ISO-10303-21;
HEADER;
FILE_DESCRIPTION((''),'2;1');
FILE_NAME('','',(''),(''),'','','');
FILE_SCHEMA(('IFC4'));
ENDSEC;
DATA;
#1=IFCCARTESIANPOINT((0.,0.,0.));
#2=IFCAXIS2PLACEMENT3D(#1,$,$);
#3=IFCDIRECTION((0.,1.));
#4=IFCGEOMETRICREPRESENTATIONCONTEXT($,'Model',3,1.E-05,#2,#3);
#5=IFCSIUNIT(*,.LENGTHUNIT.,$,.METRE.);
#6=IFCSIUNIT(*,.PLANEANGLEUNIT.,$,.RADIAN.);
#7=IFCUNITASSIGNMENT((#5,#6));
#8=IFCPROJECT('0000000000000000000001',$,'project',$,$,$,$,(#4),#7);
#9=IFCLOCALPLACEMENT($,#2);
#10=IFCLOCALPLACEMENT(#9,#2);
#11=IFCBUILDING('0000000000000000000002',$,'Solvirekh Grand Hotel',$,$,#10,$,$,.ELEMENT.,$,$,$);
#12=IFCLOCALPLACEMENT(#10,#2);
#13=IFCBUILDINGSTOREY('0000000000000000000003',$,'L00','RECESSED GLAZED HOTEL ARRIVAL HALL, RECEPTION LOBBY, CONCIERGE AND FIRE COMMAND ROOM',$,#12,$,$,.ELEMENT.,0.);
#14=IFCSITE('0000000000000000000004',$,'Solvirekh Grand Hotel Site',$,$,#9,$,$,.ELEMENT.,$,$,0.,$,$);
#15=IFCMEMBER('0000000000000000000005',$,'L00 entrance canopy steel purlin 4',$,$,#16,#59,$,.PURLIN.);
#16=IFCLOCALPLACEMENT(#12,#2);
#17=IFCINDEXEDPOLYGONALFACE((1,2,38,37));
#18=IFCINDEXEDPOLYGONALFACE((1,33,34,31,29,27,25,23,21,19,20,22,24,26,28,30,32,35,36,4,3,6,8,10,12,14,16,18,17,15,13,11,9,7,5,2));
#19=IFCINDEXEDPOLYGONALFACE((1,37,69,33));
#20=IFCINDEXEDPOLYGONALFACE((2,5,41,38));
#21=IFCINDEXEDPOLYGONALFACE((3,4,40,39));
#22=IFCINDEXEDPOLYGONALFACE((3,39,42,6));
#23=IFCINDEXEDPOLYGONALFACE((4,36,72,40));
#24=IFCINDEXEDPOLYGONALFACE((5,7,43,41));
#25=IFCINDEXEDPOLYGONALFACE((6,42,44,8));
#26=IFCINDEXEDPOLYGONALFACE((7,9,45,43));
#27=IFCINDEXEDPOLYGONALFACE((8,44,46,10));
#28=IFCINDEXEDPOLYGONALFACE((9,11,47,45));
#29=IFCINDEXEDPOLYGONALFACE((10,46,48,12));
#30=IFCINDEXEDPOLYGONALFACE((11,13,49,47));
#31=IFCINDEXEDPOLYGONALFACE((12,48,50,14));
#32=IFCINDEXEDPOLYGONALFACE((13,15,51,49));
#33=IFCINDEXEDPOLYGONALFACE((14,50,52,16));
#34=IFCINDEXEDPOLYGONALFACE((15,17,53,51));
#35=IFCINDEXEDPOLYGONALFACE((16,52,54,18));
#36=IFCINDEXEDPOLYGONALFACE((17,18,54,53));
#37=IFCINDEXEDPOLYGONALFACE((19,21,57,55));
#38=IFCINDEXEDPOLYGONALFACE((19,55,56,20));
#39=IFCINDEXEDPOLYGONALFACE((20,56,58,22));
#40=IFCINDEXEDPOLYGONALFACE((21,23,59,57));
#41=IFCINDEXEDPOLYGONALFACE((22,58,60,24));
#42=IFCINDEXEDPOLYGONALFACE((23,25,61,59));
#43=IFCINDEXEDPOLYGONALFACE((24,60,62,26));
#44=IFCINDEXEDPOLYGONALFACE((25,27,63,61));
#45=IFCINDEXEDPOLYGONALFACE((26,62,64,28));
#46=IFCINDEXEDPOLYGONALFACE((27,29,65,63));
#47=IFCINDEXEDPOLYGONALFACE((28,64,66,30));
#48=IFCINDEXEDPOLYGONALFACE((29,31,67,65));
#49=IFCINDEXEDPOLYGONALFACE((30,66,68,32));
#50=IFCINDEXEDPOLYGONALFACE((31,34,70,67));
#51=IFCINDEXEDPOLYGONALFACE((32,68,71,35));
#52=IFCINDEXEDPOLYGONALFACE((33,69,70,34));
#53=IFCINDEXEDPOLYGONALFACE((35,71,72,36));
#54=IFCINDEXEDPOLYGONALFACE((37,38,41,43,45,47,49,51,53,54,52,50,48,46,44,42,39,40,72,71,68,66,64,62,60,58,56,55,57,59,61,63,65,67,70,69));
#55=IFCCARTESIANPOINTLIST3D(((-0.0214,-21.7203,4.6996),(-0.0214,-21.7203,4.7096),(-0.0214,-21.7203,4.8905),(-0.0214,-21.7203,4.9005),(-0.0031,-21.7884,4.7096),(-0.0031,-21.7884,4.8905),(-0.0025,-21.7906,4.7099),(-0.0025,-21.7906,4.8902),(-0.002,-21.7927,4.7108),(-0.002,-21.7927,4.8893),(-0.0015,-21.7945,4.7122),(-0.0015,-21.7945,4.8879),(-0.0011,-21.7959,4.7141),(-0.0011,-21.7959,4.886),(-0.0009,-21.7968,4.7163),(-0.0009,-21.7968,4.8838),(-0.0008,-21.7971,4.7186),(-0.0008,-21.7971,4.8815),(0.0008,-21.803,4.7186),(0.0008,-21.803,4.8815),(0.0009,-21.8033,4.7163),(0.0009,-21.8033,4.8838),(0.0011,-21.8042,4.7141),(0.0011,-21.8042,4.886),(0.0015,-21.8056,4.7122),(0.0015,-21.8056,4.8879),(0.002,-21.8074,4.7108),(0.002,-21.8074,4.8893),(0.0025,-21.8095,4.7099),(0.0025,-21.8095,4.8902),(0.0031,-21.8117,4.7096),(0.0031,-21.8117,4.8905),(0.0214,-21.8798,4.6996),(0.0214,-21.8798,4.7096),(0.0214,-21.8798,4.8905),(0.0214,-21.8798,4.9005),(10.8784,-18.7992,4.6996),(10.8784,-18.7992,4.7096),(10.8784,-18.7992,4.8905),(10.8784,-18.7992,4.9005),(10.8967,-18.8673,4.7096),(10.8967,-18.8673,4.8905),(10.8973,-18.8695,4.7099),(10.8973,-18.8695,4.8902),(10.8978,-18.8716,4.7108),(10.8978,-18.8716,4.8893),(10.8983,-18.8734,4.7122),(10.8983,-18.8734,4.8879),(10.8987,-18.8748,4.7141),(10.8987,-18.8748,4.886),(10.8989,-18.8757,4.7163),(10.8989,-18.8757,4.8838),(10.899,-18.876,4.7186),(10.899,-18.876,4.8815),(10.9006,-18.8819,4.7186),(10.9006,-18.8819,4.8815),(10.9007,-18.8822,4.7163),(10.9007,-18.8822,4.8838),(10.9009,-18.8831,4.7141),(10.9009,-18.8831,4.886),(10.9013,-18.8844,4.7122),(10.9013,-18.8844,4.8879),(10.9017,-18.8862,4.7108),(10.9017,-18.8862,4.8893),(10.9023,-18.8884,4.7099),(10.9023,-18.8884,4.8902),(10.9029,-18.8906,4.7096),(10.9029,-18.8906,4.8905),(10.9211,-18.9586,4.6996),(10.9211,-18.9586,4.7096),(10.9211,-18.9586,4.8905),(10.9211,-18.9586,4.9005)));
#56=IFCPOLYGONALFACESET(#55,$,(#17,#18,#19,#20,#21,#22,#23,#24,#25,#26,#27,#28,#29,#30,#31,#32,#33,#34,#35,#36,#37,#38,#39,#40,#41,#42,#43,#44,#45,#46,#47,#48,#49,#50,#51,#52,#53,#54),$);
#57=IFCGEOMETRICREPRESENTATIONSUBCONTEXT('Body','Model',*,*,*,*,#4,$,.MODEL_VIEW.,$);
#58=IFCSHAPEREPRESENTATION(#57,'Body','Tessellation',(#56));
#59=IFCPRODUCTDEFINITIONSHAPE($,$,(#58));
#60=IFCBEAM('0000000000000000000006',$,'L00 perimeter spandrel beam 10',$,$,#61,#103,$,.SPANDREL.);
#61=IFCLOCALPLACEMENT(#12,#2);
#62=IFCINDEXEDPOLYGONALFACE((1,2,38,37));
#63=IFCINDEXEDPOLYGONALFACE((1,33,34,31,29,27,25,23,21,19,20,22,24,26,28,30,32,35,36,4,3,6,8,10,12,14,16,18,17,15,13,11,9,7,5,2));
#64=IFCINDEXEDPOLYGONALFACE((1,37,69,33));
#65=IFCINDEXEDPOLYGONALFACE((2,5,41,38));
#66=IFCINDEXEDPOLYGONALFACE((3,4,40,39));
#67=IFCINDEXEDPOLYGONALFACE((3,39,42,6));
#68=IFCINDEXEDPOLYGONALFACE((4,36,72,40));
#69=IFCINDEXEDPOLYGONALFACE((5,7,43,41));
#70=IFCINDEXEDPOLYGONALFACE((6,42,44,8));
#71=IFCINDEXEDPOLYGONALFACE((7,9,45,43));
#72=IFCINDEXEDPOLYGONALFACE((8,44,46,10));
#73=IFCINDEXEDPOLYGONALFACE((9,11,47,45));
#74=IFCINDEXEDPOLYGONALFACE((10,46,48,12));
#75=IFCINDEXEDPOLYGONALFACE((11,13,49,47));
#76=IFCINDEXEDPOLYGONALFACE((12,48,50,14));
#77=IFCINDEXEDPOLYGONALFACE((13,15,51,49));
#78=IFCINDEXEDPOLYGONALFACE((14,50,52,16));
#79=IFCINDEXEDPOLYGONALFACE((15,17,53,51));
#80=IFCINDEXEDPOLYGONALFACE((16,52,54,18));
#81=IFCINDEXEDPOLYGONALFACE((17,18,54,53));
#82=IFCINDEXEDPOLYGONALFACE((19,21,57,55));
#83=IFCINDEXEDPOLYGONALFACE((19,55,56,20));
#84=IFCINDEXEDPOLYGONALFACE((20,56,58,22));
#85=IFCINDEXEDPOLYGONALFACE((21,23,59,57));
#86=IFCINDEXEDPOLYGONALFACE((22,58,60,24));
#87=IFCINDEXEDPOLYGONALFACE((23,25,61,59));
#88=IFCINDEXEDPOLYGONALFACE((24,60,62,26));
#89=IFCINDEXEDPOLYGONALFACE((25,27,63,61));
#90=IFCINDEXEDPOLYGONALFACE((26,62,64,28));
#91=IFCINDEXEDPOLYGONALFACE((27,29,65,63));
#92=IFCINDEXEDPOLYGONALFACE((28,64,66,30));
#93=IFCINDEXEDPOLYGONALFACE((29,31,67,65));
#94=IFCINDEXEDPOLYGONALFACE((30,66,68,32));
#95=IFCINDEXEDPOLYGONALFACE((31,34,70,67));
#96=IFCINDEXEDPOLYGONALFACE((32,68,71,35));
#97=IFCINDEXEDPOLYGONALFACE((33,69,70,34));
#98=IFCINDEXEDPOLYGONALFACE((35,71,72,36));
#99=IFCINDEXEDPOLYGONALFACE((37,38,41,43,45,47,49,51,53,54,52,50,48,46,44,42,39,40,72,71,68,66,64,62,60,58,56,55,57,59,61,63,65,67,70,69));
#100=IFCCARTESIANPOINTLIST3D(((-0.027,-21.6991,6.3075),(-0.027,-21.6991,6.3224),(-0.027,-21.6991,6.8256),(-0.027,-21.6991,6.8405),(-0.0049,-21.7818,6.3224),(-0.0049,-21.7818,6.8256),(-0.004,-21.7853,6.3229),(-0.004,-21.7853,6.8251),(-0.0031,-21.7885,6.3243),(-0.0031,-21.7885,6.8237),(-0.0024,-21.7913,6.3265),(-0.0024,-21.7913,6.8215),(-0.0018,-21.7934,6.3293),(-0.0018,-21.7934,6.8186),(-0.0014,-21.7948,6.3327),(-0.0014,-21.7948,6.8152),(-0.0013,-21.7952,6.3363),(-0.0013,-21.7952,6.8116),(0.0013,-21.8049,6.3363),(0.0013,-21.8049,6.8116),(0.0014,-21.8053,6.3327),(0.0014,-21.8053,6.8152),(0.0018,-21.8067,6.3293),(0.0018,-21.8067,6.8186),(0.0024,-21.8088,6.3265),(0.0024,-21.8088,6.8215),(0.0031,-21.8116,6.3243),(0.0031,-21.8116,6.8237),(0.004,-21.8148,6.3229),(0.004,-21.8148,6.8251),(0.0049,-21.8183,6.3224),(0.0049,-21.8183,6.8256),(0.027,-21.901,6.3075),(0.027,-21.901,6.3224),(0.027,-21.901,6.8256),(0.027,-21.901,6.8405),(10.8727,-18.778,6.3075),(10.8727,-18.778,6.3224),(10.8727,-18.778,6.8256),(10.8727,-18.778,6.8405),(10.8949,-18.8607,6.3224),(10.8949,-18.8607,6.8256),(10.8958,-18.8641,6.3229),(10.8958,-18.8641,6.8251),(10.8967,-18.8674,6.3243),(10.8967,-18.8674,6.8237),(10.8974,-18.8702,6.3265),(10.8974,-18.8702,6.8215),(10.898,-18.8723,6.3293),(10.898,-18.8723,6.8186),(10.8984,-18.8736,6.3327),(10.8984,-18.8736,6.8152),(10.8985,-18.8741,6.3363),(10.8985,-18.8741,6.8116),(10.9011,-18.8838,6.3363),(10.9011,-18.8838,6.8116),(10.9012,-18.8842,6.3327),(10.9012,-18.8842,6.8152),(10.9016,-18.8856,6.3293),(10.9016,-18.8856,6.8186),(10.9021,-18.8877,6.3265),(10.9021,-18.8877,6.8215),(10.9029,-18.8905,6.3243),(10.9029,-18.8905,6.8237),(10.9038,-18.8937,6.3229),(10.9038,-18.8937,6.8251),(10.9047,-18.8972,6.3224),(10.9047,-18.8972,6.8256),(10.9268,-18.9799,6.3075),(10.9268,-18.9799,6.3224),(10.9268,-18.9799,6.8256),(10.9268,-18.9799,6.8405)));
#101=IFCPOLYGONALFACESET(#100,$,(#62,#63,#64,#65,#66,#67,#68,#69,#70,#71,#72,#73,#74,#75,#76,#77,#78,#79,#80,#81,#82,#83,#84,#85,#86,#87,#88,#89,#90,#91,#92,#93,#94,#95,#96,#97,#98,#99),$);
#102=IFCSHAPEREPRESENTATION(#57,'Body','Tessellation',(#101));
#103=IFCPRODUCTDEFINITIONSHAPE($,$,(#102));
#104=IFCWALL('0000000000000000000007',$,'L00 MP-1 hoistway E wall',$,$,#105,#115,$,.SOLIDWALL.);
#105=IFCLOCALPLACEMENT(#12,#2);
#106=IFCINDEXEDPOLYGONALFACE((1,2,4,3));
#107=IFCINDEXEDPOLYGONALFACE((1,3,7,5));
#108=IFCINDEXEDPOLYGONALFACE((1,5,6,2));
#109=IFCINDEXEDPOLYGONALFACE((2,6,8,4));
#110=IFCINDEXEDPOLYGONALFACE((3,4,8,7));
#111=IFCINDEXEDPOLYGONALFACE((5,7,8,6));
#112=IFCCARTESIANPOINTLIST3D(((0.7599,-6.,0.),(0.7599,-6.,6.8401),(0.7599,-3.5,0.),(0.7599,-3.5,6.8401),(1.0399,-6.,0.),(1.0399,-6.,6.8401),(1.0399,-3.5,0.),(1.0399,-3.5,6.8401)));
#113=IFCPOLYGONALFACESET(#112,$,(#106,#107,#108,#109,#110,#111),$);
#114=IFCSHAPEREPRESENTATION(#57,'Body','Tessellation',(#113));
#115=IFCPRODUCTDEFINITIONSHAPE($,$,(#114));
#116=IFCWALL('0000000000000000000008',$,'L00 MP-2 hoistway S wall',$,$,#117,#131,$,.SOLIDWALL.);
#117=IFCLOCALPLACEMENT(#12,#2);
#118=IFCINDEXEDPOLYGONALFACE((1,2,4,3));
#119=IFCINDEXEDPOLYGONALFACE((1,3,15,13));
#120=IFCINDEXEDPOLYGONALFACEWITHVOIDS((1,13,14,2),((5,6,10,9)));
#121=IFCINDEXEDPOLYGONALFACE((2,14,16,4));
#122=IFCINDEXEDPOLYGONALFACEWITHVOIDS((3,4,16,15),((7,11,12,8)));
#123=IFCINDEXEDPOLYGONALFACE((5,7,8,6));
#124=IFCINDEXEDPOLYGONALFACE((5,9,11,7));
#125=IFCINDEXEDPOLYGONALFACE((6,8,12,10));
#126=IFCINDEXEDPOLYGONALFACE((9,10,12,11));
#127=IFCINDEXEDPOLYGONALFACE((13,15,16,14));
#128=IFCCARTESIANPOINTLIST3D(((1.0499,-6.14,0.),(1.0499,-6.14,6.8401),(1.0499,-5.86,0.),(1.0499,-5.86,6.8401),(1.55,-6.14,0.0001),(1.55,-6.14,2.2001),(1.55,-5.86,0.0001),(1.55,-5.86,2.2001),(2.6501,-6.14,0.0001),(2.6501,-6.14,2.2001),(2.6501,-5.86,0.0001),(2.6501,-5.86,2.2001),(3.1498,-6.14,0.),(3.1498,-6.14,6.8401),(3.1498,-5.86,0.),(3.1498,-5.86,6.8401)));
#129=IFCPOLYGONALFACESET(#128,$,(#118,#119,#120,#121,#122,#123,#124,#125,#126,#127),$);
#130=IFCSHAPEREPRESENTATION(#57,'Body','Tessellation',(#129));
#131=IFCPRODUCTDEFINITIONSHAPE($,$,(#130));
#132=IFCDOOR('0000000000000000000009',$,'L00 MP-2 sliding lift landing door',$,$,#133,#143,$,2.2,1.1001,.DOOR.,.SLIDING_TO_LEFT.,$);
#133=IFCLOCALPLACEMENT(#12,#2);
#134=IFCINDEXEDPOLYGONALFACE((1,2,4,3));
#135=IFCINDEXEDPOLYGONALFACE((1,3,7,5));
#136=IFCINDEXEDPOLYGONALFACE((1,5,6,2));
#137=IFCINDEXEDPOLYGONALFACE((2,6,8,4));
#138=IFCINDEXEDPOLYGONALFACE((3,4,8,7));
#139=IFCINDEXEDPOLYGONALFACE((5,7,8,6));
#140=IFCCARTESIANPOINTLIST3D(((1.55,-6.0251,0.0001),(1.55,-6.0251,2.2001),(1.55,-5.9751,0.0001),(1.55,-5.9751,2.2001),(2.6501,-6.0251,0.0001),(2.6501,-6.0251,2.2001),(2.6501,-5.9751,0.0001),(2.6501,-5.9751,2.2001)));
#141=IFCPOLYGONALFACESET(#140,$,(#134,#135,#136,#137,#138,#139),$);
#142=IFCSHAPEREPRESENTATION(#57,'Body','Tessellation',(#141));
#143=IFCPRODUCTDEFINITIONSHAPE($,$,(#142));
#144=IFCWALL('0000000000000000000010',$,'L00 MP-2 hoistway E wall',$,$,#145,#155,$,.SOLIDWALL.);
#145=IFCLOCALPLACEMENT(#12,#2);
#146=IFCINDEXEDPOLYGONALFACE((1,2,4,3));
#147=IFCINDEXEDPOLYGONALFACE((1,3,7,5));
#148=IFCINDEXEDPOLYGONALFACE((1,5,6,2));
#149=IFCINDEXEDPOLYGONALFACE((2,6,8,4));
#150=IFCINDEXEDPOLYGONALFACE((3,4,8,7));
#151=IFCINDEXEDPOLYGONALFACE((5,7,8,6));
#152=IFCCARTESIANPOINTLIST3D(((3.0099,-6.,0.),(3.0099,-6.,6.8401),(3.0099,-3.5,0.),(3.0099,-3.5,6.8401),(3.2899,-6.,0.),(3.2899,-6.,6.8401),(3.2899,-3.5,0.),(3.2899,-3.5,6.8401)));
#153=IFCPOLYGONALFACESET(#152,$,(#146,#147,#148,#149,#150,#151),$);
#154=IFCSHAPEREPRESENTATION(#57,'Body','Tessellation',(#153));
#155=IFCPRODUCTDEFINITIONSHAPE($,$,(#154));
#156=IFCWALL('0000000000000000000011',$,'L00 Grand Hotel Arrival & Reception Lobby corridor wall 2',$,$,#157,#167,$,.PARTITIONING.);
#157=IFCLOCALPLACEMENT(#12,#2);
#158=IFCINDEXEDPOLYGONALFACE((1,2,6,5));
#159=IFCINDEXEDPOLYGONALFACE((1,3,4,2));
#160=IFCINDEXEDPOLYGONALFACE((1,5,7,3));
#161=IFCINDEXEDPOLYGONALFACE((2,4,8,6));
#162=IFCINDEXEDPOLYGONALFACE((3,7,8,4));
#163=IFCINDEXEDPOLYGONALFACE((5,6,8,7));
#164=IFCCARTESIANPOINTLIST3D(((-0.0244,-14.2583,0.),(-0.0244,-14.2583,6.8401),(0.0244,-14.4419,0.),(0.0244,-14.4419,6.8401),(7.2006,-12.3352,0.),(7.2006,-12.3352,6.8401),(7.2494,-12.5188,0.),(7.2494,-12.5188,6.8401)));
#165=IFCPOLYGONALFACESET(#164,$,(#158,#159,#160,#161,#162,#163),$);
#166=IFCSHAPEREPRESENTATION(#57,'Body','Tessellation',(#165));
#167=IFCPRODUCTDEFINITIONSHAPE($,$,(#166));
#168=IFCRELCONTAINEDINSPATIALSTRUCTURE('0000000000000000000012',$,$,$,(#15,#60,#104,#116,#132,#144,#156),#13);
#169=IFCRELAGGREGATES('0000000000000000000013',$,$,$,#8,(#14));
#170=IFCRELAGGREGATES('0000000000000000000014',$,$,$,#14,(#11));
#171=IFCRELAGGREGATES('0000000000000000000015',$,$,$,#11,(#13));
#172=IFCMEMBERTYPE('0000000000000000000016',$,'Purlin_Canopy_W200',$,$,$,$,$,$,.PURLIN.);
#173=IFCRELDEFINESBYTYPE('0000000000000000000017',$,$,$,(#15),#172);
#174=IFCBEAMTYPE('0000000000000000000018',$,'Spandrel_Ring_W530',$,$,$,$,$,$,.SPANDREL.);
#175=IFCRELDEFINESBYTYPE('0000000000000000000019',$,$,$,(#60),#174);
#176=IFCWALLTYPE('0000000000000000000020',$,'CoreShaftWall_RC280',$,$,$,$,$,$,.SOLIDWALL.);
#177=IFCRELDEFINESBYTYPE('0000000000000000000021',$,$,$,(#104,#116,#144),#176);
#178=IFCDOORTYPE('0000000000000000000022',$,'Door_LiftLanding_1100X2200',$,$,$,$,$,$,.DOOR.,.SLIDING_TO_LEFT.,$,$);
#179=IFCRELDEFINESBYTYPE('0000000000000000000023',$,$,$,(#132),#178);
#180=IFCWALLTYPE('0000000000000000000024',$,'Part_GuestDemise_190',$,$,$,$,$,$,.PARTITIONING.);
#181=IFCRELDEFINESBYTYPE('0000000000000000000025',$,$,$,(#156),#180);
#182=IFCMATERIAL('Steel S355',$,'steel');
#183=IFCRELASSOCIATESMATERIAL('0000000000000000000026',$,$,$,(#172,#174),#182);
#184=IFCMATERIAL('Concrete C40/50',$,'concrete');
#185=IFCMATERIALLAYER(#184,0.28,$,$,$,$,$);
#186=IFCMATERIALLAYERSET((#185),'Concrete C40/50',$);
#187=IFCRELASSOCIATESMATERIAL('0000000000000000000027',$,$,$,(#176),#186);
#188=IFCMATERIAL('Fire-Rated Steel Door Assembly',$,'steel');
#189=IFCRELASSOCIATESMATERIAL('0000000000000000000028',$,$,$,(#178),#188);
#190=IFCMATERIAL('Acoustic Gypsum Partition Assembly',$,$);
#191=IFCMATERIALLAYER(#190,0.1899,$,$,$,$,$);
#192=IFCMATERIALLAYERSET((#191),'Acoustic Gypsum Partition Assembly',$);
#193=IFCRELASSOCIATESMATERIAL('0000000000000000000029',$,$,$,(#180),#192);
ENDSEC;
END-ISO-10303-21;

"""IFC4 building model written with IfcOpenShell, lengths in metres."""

from ifc_helpers import new_model, si_unit, direction, frame, frame_2d, origin, origin_2d, place, context, subcontext, project, spatial, rectangle, i_section, extrude, material, layer, layer_set, material_profile, profile_set, type_object, element, fill, save


model = new_model("IFC4")

# Units and contexts
model_context = context("Model", 3, precision=1e-05, world=origin(), true_north=direction((0.0, 1.0)))
body_context = subcontext(model_context, "Body", "Model", "MODEL_VIEW")
ifc_project = project(units=[si_unit("LENGTHUNIT", "METRE"), si_unit("PLANEANGLEUNIT", "RADIAN")], contexts=[model_context])

# Site, building, storey
site_placement = place(None, origin())
site = spatial("IfcSite", under=ifc_project, at=site_placement, Name="Solvirekh Grand Hotel Site", CompositionType="ELEMENT", RefElevation=0.0)
building_placement = place(site_placement, origin())
building = spatial("IfcBuilding", under=site, at=building_placement, Name="Solvirekh Grand Hotel", CompositionType="ELEMENT")
storey_placement = place(building_placement, origin())
storey = spatial("IfcBuildingStorey", under=building, at=storey_placement, Name="L00", Description="RECESSED GLAZED HOTEL ARRIVAL HALL, RECEPTION LOBBY, CONCIERGE AND FIRE COMMAND ROOM", CompositionType="ELEMENT", Elevation=0.0)

# Member
ifc_material_1 = material(Name="Steel S355", Category="steel")
ifc_material_profile_1 = material_profile(ifc_material_1, i_section(OverallWidth=0.165, OverallDepth=0.2009, WebThickness=0.0061, FlangeThickness=0.01, FilletRadius=0.009, at=origin_2d()), Name="W200X36")
ifc_profile_set_1 = profile_set([ifc_material_profile_1], Name="Steel S355")
member_type = type_object("IfcMemberType", Name="Purlin_Canopy_W200", PredefinedType="PURLIN", material=ifc_profile_set_1)
member_placement = place(storey_placement, frame((0.0, -21.8, 4.8), z_axis=(0.965914, 0.258862, 0.0), x_axis=(-0.258862, 0.965914, 0.0)))
element("IfcMember", 1, at=member_placement, inside=storey, type_object=member_type, Name="L00 entrance canopy steel purlin 4", PredefinedType="PURLIN", context=body_context, shape_type="SweptSolid", body=[
    extrude(i_section(OverallWidth=0.165, OverallDepth=0.2009, WebThickness=0.0061, FlangeThickness=0.01, FilletRadius=0.009, at=origin_2d()), origin(), (0.0, 0.0, 1.0), 11.2844),
])

# Beam
ifc_material_profile_2 = material_profile(ifc_material_1, i_section(OverallWidth=0.209, OverallDepth=0.533, WebThickness=0.01, FlangeThickness=0.0149, FilletRadius=0.0139, at=origin_2d()), Name="W530X92")
ifc_profile_set_2 = profile_set([ifc_material_profile_2], Name="Steel S355")
beam_type = type_object("IfcBeamType", Name="Spandrel_Ring_W530", PredefinedType="SPANDREL", material=ifc_profile_set_2)
beam_placement = place(storey_placement, frame((0.0, -21.8, 6.574), z_axis=(0.965914, 0.258862, 0.0), x_axis=(-0.258862, 0.965914, 0.0)))
element("IfcBeam", 2, at=beam_placement, inside=storey, type_object=beam_type, Name="L00 perimeter spandrel beam 10", PredefinedType="SPANDREL", context=body_context, shape_type="SweptSolid", body=[
    extrude(i_section(OverallWidth=0.209, OverallDepth=0.533, WebThickness=0.01, FlangeThickness=0.0149, FilletRadius=0.0139, at=origin_2d()), origin(), (0.0, 0.0, 1.0), 11.2844),
])

# Wall
ifc_material_2 = material(Name="Concrete C40/50", Category="concrete")
ifc_layer_1 = layer(ifc_material_2, 0.28)
ifc_layer_set_1 = layer_set([ifc_layer_1], Name="Concrete C40/50")
wall_type_1 = type_object("IfcWallType", Name="CoreShaftWall_RC280", PredefinedType="SOLIDWALL", material=ifc_layer_set_1)
wall_1_placement = place(storey_placement, frame((0.8999, -6.0, 0.0), z_axis=(0.0, 0.0, 1.0), x_axis=(0.0, 1.0, 0.0)))
element("IfcWall", 3, at=wall_1_placement, inside=storey, type_object=wall_type_1, Name="L00 MP-1 hoistway E wall", PredefinedType="SOLIDWALL", context=body_context, shape_type="SweptSolid", body=[
    extrude(rectangle(XDim=2.5, YDim=0.28, at=frame_2d((1.25, 0.0))), origin(), (0.0, 0.0, 1.0), 6.8401),
])

# Wall, opening, door
wall_2_placement = place(storey_placement, frame((1.05, -6.0, 0.0), z_axis=(0.0, 0.0, 1.0), x_axis=(1.0, 0.0, 0.0)))
wall_2 = element("IfcWall", 4, at=wall_2_placement, inside=storey, type_object=wall_type_1, Name="L00 MP-2 hoistway S wall", PredefinedType="SOLIDWALL", context=body_context, shape_type="SweptSolid", body=[
    extrude(rectangle(XDim=2.0999, YDim=0.28, at=frame_2d((1.0498, 0.0))), origin(), (0.0, 0.0, 1.0), 6.8401),
])
opening_1_placement = place(wall_2_placement, frame((0.5, 0.0, 0.0)))
opening_1 = element("IfcOpeningElement", 5, at=opening_1_placement, cuts=wall_2, PredefinedType="OPENING", context=body_context, shape_type="SweptSolid", body=[
    extrude(rectangle(XDim=1.1001, YDim=2.2, at=frame_2d((0.55, 1.1001))), frame((0.0, 0.1499, 0.0), z_axis=(0.0, -1.0, 0.0), x_axis=(1.0, 0.0, 0.0)), (0.0, 0.0, 1.0), 0.3),
])
ifc_material_3 = material(Name="Fire-Rated Steel Door Assembly", Category="steel")
door_type_1 = type_object("IfcDoorType", Name="Door_LiftLanding_1100X2200", OperationType="SLIDING_TO_LEFT", PredefinedType="DOOR", material=ifc_material_3)
door_1_placement = place(opening_1_placement, origin())
door_1 = element("IfcDoor", 6, at=door_1_placement, inside=storey, type_object=door_type_1, Name="L00 MP-2 sliding lift landing door", OperationType="SLIDING_TO_LEFT", OverallHeight=2.2, OverallWidth=1.1001, PredefinedType="DOOR", context=body_context, shape_type="SweptSolid", body=[
    extrude(rectangle(XDim=1.1001, YDim=2.2, at=frame_2d((0.55, 1.1001))), frame((0.0, 0.0249, 0.0), z_axis=(0.0, -1.0, 0.0), x_axis=(1.0, 0.0, 0.0)), (0.0, 0.0, 1.0), 0.05),
])
fill(opening_1, door_1)

# Wall
wall_3_placement = place(storey_placement, frame((3.1499, -6.0, 0.0), z_axis=(0.0, 0.0, 1.0), x_axis=(0.0, 1.0, 0.0)))
element("IfcWall", 7, at=wall_3_placement, inside=storey, type_object=wall_type_1, Name="L00 MP-2 hoistway E wall", PredefinedType="SOLIDWALL", context=body_context, shape_type="SweptSolid", body=[
    extrude(rectangle(XDim=2.5, YDim=0.28, at=frame_2d((1.25, 0.0))), origin(), (0.0, 0.0, 1.0), 6.8401),
])

# Wall
ifc_material_4 = material(Name="Acoustic Gypsum Partition Assembly")
ifc_layer_2 = layer(ifc_material_4, 0.1899)
ifc_layer_set_2 = layer_set([ifc_layer_2], Name="Acoustic Gypsum Partition Assembly")
wall_type_2 = type_object("IfcWallType", Name="Part_GuestDemise_190", PredefinedType="PARTITIONING", material=ifc_layer_set_2)
wall_4_placement = place(storey_placement, frame((0.0, -14.3501, 0.0), z_axis=(0.0, 0.0, 1.0), x_axis=(0.966355, 0.257213, 0.0)))
element("IfcWall", 8, at=wall_4_placement, inside=storey, type_object=wall_type_2, Name="L00 Grand Hotel Arrival & Reception Lobby corridor wall 2", PredefinedType="PARTITIONING", context=body_context, shape_type="SweptSolid", body=[
    extrude(rectangle(XDim=7.4766, YDim=0.1899, at=frame_2d((3.7383, 0.0))), origin(), (0.0, 0.0, 1.0), 6.8401),
])

save(model, "model.ifc")
